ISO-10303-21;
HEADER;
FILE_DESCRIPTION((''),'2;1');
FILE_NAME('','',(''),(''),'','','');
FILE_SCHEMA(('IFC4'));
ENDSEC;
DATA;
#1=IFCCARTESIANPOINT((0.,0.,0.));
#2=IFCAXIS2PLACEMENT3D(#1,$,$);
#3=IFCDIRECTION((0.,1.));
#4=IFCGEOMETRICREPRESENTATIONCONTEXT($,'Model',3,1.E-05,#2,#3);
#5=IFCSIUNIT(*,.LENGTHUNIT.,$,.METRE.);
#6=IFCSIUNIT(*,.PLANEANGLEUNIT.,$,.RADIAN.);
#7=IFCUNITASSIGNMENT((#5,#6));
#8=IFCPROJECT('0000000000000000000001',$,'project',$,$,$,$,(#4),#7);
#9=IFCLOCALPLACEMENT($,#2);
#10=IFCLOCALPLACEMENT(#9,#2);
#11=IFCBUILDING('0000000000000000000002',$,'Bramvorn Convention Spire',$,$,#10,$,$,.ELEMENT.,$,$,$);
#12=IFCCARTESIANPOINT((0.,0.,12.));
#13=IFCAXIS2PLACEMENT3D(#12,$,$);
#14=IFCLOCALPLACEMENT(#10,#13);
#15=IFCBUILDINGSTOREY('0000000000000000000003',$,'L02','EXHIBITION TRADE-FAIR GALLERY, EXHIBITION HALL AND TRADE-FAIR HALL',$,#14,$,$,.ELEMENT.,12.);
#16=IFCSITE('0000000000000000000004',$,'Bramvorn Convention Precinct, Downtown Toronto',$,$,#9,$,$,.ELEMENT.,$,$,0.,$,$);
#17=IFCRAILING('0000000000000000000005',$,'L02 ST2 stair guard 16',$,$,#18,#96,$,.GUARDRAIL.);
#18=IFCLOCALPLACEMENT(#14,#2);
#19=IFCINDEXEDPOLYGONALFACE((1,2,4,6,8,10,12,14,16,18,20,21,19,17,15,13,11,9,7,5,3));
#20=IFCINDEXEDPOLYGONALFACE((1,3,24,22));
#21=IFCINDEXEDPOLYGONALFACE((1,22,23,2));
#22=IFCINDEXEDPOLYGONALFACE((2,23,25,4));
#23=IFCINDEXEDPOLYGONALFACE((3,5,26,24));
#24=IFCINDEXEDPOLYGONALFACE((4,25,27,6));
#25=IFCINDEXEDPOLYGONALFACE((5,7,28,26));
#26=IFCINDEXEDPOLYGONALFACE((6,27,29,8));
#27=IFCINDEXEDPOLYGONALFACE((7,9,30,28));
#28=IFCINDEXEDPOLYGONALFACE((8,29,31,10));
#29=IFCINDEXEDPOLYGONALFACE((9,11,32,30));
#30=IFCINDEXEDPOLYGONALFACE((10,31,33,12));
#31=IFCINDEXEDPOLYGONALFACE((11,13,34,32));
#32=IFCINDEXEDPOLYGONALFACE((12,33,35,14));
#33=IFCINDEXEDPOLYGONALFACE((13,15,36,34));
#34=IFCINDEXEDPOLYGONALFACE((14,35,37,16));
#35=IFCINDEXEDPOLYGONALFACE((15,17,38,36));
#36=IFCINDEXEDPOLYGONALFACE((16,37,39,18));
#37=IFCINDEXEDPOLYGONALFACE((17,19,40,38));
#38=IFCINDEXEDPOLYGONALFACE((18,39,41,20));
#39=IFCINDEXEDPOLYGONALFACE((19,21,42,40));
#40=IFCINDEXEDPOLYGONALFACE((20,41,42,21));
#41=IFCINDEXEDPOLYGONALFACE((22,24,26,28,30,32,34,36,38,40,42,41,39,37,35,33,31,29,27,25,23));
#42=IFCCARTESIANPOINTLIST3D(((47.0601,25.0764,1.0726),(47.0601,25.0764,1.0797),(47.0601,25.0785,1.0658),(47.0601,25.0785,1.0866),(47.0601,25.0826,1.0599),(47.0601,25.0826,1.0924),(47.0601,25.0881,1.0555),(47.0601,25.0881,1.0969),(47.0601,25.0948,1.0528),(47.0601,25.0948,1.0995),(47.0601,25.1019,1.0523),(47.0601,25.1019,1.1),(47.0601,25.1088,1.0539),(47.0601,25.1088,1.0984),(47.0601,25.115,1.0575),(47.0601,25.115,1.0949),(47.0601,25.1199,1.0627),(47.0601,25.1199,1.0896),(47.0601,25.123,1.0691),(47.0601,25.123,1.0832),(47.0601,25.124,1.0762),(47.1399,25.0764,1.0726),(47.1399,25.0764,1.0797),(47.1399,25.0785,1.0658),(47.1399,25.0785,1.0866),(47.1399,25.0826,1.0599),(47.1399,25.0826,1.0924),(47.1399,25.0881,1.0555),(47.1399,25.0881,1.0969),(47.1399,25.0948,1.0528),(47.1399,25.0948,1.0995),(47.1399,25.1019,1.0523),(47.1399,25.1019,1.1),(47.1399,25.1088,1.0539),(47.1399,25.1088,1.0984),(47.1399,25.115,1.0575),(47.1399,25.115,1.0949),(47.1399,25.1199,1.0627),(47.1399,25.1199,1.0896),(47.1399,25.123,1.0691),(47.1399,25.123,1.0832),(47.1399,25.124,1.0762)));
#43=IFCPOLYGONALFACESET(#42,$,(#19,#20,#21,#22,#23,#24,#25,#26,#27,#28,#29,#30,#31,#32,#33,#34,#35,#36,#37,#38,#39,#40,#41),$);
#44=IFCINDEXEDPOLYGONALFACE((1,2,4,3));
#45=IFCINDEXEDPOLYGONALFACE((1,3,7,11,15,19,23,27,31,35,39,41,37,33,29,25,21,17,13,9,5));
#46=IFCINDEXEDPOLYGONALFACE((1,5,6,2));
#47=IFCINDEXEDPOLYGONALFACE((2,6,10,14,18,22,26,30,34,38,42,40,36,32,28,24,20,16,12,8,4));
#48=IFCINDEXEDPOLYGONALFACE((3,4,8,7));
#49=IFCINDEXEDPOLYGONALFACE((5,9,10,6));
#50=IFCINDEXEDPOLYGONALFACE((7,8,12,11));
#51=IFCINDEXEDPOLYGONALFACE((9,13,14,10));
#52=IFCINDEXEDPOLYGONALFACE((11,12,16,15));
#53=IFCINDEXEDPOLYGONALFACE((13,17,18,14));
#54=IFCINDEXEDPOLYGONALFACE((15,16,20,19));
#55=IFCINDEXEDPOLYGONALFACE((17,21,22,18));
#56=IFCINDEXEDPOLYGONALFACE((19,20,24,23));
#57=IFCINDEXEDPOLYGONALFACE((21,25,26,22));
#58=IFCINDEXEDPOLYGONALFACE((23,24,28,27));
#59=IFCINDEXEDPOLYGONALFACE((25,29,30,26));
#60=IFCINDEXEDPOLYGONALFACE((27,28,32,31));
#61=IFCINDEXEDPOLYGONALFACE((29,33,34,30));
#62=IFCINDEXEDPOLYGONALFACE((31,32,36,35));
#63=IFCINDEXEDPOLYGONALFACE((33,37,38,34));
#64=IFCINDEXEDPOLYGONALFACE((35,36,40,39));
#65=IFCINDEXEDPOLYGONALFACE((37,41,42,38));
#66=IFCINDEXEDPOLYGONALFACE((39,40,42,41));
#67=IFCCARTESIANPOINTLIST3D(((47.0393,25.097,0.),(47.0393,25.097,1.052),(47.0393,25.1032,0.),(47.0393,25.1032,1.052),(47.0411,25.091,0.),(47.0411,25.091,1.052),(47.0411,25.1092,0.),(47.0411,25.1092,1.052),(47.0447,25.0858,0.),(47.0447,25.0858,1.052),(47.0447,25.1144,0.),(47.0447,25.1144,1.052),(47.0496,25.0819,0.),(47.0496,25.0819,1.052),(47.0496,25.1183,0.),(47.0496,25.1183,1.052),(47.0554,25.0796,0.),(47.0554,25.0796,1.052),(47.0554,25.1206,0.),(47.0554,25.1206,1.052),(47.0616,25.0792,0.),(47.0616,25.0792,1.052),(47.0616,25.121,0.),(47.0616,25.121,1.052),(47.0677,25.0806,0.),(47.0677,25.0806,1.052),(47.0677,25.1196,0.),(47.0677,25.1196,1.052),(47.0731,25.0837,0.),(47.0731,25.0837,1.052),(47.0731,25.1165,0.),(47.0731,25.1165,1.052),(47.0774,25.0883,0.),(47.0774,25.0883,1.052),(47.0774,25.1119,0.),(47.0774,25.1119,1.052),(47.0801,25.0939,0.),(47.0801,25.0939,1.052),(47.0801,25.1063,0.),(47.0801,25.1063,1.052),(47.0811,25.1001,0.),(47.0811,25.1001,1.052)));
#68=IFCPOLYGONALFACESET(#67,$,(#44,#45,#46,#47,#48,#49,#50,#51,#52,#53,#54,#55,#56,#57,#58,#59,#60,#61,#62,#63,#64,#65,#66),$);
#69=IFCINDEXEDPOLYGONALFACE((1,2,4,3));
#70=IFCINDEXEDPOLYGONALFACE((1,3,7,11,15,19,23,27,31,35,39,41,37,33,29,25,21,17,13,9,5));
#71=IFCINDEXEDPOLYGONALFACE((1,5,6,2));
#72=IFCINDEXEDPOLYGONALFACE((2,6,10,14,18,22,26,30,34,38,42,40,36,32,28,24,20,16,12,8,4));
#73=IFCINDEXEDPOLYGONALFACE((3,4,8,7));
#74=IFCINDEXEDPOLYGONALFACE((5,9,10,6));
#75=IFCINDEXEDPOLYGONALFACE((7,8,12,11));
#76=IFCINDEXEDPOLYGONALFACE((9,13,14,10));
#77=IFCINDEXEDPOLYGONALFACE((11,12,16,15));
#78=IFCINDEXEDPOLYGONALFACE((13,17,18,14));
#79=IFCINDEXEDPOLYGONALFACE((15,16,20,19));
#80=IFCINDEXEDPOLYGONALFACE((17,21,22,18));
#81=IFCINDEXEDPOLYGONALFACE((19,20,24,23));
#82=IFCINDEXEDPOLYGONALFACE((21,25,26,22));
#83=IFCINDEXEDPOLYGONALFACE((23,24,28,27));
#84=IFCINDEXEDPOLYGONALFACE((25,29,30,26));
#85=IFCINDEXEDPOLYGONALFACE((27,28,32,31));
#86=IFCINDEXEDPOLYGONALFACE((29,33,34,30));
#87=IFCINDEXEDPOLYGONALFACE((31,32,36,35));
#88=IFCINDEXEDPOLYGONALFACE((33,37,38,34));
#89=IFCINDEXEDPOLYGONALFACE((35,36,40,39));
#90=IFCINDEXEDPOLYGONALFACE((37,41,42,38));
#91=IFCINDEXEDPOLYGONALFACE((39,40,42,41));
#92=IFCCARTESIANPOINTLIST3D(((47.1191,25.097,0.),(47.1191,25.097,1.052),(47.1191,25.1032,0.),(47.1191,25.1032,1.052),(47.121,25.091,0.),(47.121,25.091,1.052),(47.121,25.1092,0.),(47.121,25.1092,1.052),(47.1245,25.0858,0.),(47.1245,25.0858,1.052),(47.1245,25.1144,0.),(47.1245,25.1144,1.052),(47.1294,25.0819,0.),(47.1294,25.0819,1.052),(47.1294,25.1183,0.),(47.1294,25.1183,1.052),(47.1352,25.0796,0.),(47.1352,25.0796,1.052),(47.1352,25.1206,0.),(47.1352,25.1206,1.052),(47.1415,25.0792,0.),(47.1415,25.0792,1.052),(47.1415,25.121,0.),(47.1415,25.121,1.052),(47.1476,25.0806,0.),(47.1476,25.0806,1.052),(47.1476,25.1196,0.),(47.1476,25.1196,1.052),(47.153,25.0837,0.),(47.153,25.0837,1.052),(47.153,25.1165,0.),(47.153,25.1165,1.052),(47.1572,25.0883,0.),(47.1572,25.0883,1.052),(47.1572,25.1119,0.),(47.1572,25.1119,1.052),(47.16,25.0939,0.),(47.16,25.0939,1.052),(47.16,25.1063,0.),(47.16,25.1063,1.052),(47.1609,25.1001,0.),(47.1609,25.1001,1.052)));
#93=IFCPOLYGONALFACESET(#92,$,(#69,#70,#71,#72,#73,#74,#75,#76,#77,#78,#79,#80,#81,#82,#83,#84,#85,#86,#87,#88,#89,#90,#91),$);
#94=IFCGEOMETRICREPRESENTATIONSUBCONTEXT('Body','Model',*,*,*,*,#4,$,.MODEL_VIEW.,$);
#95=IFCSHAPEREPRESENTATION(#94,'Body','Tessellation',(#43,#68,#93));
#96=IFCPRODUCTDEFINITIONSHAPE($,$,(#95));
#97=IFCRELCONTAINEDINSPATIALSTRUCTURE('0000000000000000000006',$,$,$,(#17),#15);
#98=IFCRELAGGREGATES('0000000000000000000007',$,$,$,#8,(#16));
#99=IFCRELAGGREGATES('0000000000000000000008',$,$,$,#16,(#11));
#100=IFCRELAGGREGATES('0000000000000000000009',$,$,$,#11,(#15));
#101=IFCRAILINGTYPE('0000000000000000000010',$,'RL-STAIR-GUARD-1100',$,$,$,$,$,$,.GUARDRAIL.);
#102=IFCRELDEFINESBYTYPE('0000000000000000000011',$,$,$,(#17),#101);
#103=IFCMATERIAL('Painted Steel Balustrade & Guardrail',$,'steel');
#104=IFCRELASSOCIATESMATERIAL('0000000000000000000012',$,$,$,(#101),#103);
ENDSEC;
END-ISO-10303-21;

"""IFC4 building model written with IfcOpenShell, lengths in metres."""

from ifc_helpers import new_model, si_unit, direction, frame, origin, origin_2d, place, context, subcontext, project, spatial, circle, extrude, material, type_object, element, save


model = new_model("IFC4")

# Units and contexts
model_context = context("Model", 3, precision=1e-05, world=origin(), true_north=direction((0.0, 1.0)))
body_context = subcontext(model_context, "Body", "Model", "MODEL_VIEW")
ifc_project = project(units=[si_unit("LENGTHUNIT", "METRE"), si_unit("PLANEANGLEUNIT", "RADIAN")], contexts=[model_context])

# Site, building, storey
site_placement = place(None, origin())
site = spatial("IfcSite", under=ifc_project, at=site_placement, Name="Bramvorn Convention Precinct, Downtown Toronto", CompositionType="ELEMENT", RefElevation=0.0)
building_placement = place(site_placement, origin())
building = spatial("IfcBuilding", under=site, at=building_placement, Name="Bramvorn Convention Spire", CompositionType="ELEMENT")
storey_placement = place(building_placement, frame((0.0, 0.0, 12.0)))
storey = spatial("IfcBuildingStorey", under=building, at=storey_placement, Name="L02", Description="EXHIBITION TRADE-FAIR GALLERY, EXHIBITION HALL AND TRADE-FAIR HALL", CompositionType="ELEMENT", Elevation=12.0)

# Railing
ifc_material_1 = material(Name="Painted Steel Balustrade & Guardrail", Category="steel")
railing_type_1 = type_object("IfcRailingType", Name="RL-STAIR-GUARD-1100", PredefinedType="GUARDRAIL", material=ifc_material_1)
railing_1_placement = place(storey_placement, frame((47.0601, 25.1001, 0.0)))
element("IfcRailing", 1, at=railing_1_placement, inside=storey, type_object=railing_type_1, Name="L02 ST2 stair guard 16", PredefinedType="GUARDRAIL", context=body_context, shape_type="SweptSolid", body=[
    extrude(circle(Radius=0.0239, at=origin_2d()), frame((0.0, 0.0, 1.0762), z_axis=(1.0, 0.0, 0.0), x_axis=(0.0, 1.0, 0.0)), (0.0, 0.0, 1.0), 0.0798),
    extrude(circle(Radius=0.021, at=origin_2d()), origin(), (0.0, 0.0, 1.0), 1.052),
    extrude(circle(Radius=0.021, at=origin_2d()), frame((0.0798, 0.0, 0.0)), (0.0, 0.0, 1.0), 1.052),
])

save(model, "model.ifc")
